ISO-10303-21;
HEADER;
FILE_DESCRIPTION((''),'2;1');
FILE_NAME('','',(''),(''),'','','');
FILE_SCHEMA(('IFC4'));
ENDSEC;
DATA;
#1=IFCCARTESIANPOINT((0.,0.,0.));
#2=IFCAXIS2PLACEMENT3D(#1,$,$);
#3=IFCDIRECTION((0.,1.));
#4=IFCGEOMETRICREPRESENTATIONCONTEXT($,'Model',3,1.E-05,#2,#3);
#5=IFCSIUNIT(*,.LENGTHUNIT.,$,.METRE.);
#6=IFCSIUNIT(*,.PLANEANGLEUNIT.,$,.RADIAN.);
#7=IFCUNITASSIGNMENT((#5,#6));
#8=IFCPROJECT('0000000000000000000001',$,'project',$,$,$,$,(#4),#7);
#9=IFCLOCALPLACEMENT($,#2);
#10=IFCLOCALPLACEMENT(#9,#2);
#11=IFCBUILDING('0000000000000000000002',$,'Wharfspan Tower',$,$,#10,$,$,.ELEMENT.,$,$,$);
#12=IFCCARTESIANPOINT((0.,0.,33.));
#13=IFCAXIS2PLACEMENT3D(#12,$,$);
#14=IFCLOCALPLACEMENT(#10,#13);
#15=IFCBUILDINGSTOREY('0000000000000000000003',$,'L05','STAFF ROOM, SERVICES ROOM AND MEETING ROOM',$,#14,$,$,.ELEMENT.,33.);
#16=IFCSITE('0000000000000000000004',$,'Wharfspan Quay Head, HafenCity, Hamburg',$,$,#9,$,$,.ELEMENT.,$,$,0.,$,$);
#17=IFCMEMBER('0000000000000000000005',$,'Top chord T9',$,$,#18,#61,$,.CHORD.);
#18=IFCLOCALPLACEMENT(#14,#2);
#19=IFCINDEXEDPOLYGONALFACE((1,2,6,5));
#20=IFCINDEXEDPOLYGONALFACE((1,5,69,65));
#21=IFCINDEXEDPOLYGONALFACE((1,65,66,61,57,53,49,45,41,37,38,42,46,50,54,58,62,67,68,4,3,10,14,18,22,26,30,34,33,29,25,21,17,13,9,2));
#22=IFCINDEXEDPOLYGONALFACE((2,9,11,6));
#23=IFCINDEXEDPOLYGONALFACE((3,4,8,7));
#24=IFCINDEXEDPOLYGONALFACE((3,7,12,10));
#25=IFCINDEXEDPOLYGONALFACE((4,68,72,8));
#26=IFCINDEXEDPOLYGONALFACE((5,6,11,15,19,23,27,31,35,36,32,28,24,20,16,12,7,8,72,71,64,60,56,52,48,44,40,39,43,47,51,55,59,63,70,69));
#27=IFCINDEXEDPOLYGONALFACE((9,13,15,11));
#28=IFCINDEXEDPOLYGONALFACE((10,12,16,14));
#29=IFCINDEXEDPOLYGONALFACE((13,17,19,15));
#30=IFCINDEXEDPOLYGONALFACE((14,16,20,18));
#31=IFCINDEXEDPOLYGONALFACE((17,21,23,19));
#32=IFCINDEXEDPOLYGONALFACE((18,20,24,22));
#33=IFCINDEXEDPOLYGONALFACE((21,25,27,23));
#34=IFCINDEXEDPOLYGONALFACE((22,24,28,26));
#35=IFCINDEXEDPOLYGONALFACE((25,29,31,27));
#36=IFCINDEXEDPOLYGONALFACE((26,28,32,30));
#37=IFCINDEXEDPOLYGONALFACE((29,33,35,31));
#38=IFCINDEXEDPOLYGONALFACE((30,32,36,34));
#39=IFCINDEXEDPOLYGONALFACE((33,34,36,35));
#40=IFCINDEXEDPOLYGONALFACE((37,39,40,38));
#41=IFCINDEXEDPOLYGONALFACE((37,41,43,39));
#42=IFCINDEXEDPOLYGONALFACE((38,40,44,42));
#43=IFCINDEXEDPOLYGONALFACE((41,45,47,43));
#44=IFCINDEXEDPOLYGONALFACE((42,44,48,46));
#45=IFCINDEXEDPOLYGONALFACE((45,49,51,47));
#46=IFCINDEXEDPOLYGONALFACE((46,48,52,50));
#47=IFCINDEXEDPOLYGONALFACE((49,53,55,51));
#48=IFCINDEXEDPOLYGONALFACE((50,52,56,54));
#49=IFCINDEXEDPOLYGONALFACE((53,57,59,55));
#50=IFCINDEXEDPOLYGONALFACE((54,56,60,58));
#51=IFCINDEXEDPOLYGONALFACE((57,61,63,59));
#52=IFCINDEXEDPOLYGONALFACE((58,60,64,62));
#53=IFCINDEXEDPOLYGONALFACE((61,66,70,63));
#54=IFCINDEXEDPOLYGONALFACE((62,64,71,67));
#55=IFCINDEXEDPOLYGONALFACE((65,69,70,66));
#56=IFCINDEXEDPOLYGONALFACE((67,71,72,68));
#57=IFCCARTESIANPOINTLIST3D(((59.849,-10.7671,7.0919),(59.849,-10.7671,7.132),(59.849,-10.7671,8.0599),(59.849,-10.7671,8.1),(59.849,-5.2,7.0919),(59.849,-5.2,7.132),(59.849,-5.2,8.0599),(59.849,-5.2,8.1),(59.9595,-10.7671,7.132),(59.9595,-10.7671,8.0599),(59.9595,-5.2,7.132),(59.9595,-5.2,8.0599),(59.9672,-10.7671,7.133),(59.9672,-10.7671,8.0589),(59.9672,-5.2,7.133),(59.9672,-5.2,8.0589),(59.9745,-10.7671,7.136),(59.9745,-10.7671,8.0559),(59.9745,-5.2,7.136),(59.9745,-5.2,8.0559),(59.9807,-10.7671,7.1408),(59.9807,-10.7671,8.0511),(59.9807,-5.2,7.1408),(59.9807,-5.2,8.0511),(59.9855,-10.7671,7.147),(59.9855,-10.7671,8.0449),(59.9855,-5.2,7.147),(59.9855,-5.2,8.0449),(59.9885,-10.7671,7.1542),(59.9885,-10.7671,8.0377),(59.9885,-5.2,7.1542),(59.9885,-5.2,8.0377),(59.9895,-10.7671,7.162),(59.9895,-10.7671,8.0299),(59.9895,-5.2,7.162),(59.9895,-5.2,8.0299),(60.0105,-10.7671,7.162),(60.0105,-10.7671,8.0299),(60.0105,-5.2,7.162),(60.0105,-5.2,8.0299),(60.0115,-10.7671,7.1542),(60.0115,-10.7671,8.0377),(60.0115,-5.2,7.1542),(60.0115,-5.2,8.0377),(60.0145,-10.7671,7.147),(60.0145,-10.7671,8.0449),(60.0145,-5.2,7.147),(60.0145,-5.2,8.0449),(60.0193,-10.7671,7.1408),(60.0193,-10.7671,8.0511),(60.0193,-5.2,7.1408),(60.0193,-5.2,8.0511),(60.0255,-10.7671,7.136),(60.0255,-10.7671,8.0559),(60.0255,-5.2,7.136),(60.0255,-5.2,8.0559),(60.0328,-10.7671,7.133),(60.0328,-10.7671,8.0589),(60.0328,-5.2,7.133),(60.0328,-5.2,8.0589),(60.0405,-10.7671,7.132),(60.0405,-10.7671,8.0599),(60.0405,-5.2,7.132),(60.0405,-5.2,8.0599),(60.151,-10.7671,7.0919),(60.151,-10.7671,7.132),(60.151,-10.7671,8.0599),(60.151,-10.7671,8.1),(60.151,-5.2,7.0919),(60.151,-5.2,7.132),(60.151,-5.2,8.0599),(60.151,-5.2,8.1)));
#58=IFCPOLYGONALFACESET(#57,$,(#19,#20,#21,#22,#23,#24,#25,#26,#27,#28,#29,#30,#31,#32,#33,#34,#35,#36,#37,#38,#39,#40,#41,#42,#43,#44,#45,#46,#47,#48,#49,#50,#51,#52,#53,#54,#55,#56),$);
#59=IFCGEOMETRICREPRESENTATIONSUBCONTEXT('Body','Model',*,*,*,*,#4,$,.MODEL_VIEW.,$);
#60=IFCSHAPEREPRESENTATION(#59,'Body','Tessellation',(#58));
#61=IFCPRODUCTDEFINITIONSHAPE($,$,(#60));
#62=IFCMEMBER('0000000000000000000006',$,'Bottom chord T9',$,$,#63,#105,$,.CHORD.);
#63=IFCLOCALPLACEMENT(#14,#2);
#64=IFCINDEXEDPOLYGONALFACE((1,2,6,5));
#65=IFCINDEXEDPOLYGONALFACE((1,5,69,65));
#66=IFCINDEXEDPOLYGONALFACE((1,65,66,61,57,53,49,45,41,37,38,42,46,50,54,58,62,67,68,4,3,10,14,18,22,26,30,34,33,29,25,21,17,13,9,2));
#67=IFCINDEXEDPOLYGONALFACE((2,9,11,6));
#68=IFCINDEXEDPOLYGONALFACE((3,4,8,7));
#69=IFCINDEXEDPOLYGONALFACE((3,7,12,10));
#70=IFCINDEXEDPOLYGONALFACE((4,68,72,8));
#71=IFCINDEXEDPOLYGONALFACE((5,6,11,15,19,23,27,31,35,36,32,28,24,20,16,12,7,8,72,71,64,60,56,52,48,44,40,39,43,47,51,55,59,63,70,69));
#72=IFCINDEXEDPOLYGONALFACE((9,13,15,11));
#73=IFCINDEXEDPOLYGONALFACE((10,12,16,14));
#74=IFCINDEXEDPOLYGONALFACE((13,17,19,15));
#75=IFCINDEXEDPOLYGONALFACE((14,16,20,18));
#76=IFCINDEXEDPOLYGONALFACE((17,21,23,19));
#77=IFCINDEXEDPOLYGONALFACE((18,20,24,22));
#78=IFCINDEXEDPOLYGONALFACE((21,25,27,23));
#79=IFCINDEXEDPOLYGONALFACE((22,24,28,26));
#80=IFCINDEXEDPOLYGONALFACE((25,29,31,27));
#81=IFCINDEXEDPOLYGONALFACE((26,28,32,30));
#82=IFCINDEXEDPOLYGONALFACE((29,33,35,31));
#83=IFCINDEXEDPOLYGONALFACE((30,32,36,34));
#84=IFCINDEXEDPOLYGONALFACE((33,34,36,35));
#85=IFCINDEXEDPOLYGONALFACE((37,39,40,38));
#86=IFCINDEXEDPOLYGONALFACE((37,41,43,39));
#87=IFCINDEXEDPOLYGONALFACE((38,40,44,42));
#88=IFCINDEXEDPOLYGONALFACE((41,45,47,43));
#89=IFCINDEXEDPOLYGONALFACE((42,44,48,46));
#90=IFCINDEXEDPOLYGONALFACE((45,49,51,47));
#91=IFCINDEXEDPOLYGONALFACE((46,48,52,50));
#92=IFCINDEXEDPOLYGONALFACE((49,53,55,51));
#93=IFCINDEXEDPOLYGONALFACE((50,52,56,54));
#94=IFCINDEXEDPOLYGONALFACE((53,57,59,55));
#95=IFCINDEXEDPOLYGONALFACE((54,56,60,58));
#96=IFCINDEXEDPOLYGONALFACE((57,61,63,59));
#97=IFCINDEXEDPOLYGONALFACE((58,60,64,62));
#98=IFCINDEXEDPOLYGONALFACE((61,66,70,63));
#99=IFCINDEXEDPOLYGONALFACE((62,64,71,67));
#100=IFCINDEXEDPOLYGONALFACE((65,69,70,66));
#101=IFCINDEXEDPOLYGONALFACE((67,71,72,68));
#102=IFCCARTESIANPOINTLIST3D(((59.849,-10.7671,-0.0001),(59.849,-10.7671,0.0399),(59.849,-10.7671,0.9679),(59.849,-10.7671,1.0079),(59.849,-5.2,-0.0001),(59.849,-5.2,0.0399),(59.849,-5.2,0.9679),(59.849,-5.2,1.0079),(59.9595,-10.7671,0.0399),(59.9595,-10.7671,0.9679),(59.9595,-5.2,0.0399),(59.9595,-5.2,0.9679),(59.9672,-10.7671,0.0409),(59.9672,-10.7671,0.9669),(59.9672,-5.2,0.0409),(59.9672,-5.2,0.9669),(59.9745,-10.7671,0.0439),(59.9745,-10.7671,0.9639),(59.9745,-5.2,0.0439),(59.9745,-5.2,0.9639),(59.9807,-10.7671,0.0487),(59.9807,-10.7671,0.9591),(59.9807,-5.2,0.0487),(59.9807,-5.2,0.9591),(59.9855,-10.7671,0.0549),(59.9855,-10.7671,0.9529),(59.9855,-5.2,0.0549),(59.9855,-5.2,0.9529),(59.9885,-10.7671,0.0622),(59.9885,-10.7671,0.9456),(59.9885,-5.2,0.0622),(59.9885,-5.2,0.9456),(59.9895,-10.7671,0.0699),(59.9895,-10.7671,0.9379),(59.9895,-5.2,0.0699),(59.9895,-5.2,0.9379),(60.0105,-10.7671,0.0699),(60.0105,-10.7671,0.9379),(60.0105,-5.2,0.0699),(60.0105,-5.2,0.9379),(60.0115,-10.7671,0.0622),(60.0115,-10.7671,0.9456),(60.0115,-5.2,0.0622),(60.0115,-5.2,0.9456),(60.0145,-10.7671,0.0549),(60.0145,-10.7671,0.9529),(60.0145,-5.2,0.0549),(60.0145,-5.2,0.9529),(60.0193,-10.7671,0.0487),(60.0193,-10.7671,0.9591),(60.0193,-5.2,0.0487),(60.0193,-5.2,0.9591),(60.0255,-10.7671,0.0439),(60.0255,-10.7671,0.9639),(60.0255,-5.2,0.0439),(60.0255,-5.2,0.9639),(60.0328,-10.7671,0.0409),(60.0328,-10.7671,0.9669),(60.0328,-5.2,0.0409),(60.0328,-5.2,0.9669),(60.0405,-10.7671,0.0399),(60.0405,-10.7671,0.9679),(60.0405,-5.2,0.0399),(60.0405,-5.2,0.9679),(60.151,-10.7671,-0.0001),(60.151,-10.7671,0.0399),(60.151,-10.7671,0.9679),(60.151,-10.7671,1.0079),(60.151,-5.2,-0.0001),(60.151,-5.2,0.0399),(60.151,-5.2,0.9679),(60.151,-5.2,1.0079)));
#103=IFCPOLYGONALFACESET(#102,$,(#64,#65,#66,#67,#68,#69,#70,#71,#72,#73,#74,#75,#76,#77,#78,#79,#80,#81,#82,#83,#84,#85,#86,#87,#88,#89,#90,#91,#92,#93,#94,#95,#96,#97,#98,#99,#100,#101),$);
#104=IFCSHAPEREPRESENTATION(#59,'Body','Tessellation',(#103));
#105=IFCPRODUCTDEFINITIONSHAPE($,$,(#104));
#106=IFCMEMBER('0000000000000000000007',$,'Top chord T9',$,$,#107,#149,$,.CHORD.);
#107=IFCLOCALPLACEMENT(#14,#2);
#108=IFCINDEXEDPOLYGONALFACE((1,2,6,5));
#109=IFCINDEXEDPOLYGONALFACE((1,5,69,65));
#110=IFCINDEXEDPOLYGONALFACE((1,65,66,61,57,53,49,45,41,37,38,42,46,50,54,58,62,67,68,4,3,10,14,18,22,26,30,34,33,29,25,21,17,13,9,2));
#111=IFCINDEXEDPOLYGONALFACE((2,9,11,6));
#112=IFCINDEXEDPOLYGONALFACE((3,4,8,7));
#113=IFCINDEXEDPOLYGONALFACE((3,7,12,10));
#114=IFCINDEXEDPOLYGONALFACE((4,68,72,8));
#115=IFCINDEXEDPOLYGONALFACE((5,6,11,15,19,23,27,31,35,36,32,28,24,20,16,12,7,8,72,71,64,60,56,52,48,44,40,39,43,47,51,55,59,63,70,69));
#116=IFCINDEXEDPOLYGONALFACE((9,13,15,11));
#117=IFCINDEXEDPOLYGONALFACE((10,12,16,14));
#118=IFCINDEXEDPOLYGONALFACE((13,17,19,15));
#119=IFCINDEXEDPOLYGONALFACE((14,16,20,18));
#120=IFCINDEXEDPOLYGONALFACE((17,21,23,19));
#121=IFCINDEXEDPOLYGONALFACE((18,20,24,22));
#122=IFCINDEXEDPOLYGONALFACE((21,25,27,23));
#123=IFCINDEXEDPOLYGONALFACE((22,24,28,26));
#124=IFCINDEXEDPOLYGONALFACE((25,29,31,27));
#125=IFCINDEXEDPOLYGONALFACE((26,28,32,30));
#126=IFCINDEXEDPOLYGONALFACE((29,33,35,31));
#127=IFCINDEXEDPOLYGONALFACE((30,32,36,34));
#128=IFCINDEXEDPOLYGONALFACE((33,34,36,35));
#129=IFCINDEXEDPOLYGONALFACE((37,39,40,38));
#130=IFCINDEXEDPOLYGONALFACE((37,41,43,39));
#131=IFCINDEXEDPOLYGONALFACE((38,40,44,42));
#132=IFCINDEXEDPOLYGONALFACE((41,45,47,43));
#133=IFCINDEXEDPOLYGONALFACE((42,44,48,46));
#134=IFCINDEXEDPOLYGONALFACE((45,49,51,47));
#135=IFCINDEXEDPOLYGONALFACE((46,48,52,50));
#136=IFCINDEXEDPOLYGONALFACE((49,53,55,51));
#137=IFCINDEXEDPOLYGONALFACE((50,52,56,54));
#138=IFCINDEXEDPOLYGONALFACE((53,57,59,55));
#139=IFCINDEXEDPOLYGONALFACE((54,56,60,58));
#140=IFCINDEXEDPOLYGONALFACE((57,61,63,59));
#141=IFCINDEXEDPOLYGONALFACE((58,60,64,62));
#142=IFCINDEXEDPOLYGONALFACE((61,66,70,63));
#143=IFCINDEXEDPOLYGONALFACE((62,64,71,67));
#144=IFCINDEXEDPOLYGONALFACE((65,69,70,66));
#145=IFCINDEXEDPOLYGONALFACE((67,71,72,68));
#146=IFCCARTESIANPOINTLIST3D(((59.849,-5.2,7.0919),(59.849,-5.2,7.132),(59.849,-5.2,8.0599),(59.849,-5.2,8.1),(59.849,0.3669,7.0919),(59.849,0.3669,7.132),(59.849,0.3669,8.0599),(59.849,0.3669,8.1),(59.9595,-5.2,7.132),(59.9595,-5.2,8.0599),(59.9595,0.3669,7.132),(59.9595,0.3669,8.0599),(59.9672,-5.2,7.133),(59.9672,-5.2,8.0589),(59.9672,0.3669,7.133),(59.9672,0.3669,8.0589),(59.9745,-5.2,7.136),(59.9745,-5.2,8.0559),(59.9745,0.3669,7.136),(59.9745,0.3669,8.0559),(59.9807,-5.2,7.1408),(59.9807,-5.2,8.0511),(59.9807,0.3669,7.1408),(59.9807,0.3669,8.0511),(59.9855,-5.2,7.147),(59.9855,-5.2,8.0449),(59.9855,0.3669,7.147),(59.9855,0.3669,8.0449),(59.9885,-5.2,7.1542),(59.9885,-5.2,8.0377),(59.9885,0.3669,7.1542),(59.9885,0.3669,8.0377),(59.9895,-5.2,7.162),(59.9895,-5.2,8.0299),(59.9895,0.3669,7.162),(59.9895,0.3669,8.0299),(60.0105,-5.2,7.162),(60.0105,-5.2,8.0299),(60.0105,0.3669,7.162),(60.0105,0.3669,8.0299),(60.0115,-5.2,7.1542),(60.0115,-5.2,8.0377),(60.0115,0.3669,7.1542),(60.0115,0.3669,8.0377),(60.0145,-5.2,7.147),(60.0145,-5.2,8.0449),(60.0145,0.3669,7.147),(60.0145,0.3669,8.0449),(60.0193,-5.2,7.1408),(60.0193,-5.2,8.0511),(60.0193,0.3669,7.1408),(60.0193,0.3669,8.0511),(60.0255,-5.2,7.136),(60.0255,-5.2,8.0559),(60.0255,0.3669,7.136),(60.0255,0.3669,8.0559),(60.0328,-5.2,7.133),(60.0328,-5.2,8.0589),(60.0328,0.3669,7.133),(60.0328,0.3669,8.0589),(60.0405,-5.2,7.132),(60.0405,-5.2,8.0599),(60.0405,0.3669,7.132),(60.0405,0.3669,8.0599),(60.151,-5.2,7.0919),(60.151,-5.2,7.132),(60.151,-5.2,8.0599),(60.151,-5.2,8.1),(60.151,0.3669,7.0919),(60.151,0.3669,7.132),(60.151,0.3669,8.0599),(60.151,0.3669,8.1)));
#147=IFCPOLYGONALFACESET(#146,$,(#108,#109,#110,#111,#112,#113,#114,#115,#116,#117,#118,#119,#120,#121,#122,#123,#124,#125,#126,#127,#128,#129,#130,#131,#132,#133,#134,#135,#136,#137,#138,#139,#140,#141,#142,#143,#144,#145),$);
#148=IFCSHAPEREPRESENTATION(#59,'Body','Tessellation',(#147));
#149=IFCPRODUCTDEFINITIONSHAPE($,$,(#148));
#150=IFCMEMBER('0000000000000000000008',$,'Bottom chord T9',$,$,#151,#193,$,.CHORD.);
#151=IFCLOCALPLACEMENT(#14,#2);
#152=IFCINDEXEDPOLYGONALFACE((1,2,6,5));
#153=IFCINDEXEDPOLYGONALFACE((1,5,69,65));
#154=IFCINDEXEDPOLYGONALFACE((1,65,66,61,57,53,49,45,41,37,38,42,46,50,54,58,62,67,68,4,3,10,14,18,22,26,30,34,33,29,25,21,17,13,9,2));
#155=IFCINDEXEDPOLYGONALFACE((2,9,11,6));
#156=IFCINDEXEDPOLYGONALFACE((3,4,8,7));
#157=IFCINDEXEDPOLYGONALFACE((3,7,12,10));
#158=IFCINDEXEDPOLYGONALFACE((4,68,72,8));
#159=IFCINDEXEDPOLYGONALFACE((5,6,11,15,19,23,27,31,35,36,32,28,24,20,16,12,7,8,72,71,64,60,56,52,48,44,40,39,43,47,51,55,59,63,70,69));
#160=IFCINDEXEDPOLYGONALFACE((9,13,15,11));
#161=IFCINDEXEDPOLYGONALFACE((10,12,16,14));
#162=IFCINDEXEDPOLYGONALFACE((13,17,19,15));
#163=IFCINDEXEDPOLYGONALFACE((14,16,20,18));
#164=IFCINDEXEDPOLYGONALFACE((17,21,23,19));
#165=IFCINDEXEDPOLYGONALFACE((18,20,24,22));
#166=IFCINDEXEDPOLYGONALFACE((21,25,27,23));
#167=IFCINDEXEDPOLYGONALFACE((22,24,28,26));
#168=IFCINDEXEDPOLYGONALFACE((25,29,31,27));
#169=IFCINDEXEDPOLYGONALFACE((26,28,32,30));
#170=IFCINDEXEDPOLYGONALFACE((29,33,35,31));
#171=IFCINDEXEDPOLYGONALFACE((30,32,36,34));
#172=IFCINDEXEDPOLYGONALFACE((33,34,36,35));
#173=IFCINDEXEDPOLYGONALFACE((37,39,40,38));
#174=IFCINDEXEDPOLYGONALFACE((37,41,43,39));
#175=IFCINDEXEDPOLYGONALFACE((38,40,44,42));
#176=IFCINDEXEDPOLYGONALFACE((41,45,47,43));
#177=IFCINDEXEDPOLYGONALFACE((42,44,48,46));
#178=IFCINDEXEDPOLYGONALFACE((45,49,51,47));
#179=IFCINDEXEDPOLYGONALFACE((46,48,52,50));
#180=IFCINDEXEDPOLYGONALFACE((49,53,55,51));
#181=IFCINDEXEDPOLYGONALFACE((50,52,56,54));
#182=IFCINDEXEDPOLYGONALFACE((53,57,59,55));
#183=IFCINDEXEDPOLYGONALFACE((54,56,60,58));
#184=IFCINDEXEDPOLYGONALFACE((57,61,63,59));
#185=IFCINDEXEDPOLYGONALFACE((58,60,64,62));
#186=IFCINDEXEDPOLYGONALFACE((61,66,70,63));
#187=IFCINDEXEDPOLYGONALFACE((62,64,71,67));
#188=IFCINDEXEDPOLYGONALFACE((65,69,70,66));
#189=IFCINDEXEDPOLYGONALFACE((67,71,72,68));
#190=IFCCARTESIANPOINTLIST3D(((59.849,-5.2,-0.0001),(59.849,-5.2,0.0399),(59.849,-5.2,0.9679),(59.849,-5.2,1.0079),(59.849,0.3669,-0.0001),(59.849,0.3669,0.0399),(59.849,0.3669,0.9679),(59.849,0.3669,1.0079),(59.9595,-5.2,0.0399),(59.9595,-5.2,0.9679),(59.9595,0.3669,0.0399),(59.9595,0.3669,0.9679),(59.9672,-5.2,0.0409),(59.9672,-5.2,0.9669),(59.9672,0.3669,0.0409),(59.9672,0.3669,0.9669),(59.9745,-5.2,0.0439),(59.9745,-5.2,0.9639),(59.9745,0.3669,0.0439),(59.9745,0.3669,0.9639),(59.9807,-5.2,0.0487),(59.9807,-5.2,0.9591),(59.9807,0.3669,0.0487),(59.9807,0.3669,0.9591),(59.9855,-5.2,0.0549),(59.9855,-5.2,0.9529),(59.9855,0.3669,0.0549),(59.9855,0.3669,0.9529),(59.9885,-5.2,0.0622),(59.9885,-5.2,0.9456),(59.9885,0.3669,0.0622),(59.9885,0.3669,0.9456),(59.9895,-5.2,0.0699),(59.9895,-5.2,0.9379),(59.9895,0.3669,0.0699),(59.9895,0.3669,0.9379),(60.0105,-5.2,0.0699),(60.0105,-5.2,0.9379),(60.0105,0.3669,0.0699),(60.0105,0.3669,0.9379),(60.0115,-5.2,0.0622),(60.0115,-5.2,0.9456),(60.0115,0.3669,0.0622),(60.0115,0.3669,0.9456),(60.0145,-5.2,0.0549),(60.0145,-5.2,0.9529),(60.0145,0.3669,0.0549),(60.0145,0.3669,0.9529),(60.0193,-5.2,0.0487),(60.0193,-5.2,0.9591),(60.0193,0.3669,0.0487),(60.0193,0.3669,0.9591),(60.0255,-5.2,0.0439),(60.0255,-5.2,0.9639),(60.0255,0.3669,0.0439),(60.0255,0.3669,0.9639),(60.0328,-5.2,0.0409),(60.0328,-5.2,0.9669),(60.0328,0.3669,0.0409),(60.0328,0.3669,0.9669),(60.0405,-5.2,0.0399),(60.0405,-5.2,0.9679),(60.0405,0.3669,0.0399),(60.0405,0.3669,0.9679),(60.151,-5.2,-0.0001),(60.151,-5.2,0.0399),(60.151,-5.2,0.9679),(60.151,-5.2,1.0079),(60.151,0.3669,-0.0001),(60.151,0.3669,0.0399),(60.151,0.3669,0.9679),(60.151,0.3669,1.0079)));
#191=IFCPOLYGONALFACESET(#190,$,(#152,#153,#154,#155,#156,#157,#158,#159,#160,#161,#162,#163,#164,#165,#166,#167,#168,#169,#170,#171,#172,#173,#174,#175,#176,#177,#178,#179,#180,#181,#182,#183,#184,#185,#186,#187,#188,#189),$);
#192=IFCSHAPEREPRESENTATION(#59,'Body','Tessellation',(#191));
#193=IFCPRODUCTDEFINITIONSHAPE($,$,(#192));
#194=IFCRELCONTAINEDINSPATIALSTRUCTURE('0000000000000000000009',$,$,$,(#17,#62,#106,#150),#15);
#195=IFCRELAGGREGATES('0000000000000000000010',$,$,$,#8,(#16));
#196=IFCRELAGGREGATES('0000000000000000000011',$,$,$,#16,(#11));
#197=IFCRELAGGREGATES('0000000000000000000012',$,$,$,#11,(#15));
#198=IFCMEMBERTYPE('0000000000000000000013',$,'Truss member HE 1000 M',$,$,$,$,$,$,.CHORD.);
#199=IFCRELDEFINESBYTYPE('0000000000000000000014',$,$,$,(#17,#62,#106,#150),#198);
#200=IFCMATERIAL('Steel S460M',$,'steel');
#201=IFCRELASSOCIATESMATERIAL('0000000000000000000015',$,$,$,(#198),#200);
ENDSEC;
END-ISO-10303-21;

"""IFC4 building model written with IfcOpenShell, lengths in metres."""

from ifc_helpers import new_model, si_unit, direction, frame, origin, origin_2d, place, context, subcontext, project, spatial, i_section, extrude, material, material_profile, profile_set, type_object, element, save


model = new_model("IFC4")

# Units and contexts
model_context = context("Model", 3, precision=1e-05, world=origin(), true_north=direction((0.0, 1.0)))
body_context = subcontext(model_context, "Body", "Model", "MODEL_VIEW")
ifc_project = project(units=[si_unit("LENGTHUNIT", "METRE"), si_unit("PLANEANGLEUNIT", "RADIAN")], contexts=[model_context])

# Site, building, storey
site_placement = place(None, origin())
site = spatial("IfcSite", under=ifc_project, at=site_placement, Name="Wharfspan Quay Head, HafenCity, Hamburg", CompositionType="ELEMENT", RefElevation=0.0)
building_placement = place(site_placement, origin())
building = spatial("IfcBuilding", under=site, at=building_placement, Name="Wharfspan Tower", CompositionType="ELEMENT")
storey_placement = place(building_placement, frame((0.0, 0.0, 33.0)))
storey = spatial("IfcBuildingStorey", under=building, at=storey_placement, Name="L05", Description="STAFF ROOM, SERVICES ROOM AND MEETING ROOM", CompositionType="ELEMENT", Elevation=33.0)

# Members
ifc_material_1 = material(Name="Steel S460M", Category="steel")
ifc_material_profile_1 = material_profile(ifc_material_1, i_section(OverallWidth=0.302, OverallDepth=1.0081, WebThickness=0.021, FlangeThickness=0.04, FilletRadius=0.03, at=origin_2d()))
ifc_profile_set_1 = profile_set([ifc_material_profile_1], Name="Steel S460M")
member_type_1 = type_object("IfcMemberType", Name="Truss member HE 1000 M", PredefinedType="CHORD", material=ifc_profile_set_1)
for number, where, z_axis, x_axis, name in (
    (1, (60.0, -10.7671, 7.5959), (0.0, 1.0, 0.0), (-1.0, 0.0, 0.0), "Top chord T9"),
    (2, (60.0, -10.7671, 0.5039), (0.0, 1.0, 0.0), (-1.0, 0.0, 0.0), "Bottom chord T9"),
):
    element("IfcMember", number, at=place(storey_placement, frame(where, z_axis=z_axis, x_axis=x_axis)), inside=storey, type_object=member_type_1, Name=name, PredefinedType="CHORD", context=body_context, shape_type="SweptSolid", body=[
        extrude(i_section(OverallWidth=0.302, OverallDepth=1.0081, WebThickness=0.021, FlangeThickness=0.04, FilletRadius=0.03, at=origin_2d()), origin(), (0.0, 0.0, 1.0), 5.5671),
    ])
for number, where, z_axis, x_axis, name in (
    (3, (60.0, -5.2, 7.5959), (0.0, 1.0, 0.0), (-1.0, 0.0, 0.0), "Top chord T9"),
    (4, (60.0, -5.2, 0.5039), (0.0, 1.0, 0.0), (-1.0, 0.0, 0.0), "Bottom chord T9"),
):
    element("IfcMember", number, at=place(storey_placement, frame(where, z_axis=z_axis, x_axis=x_axis)), inside=storey, type_object=member_type_1, Name=name, PredefinedType="CHORD", context=body_context, shape_type="SweptSolid", body=[
        extrude(i_section(OverallWidth=0.302, OverallDepth=1.0081, WebThickness=0.021, FlangeThickness=0.04, FilletRadius=0.03, at=origin_2d()), origin(), (0.0, 0.0, 1.0), 5.5669),
    ])

save(model, "model.ifc")
